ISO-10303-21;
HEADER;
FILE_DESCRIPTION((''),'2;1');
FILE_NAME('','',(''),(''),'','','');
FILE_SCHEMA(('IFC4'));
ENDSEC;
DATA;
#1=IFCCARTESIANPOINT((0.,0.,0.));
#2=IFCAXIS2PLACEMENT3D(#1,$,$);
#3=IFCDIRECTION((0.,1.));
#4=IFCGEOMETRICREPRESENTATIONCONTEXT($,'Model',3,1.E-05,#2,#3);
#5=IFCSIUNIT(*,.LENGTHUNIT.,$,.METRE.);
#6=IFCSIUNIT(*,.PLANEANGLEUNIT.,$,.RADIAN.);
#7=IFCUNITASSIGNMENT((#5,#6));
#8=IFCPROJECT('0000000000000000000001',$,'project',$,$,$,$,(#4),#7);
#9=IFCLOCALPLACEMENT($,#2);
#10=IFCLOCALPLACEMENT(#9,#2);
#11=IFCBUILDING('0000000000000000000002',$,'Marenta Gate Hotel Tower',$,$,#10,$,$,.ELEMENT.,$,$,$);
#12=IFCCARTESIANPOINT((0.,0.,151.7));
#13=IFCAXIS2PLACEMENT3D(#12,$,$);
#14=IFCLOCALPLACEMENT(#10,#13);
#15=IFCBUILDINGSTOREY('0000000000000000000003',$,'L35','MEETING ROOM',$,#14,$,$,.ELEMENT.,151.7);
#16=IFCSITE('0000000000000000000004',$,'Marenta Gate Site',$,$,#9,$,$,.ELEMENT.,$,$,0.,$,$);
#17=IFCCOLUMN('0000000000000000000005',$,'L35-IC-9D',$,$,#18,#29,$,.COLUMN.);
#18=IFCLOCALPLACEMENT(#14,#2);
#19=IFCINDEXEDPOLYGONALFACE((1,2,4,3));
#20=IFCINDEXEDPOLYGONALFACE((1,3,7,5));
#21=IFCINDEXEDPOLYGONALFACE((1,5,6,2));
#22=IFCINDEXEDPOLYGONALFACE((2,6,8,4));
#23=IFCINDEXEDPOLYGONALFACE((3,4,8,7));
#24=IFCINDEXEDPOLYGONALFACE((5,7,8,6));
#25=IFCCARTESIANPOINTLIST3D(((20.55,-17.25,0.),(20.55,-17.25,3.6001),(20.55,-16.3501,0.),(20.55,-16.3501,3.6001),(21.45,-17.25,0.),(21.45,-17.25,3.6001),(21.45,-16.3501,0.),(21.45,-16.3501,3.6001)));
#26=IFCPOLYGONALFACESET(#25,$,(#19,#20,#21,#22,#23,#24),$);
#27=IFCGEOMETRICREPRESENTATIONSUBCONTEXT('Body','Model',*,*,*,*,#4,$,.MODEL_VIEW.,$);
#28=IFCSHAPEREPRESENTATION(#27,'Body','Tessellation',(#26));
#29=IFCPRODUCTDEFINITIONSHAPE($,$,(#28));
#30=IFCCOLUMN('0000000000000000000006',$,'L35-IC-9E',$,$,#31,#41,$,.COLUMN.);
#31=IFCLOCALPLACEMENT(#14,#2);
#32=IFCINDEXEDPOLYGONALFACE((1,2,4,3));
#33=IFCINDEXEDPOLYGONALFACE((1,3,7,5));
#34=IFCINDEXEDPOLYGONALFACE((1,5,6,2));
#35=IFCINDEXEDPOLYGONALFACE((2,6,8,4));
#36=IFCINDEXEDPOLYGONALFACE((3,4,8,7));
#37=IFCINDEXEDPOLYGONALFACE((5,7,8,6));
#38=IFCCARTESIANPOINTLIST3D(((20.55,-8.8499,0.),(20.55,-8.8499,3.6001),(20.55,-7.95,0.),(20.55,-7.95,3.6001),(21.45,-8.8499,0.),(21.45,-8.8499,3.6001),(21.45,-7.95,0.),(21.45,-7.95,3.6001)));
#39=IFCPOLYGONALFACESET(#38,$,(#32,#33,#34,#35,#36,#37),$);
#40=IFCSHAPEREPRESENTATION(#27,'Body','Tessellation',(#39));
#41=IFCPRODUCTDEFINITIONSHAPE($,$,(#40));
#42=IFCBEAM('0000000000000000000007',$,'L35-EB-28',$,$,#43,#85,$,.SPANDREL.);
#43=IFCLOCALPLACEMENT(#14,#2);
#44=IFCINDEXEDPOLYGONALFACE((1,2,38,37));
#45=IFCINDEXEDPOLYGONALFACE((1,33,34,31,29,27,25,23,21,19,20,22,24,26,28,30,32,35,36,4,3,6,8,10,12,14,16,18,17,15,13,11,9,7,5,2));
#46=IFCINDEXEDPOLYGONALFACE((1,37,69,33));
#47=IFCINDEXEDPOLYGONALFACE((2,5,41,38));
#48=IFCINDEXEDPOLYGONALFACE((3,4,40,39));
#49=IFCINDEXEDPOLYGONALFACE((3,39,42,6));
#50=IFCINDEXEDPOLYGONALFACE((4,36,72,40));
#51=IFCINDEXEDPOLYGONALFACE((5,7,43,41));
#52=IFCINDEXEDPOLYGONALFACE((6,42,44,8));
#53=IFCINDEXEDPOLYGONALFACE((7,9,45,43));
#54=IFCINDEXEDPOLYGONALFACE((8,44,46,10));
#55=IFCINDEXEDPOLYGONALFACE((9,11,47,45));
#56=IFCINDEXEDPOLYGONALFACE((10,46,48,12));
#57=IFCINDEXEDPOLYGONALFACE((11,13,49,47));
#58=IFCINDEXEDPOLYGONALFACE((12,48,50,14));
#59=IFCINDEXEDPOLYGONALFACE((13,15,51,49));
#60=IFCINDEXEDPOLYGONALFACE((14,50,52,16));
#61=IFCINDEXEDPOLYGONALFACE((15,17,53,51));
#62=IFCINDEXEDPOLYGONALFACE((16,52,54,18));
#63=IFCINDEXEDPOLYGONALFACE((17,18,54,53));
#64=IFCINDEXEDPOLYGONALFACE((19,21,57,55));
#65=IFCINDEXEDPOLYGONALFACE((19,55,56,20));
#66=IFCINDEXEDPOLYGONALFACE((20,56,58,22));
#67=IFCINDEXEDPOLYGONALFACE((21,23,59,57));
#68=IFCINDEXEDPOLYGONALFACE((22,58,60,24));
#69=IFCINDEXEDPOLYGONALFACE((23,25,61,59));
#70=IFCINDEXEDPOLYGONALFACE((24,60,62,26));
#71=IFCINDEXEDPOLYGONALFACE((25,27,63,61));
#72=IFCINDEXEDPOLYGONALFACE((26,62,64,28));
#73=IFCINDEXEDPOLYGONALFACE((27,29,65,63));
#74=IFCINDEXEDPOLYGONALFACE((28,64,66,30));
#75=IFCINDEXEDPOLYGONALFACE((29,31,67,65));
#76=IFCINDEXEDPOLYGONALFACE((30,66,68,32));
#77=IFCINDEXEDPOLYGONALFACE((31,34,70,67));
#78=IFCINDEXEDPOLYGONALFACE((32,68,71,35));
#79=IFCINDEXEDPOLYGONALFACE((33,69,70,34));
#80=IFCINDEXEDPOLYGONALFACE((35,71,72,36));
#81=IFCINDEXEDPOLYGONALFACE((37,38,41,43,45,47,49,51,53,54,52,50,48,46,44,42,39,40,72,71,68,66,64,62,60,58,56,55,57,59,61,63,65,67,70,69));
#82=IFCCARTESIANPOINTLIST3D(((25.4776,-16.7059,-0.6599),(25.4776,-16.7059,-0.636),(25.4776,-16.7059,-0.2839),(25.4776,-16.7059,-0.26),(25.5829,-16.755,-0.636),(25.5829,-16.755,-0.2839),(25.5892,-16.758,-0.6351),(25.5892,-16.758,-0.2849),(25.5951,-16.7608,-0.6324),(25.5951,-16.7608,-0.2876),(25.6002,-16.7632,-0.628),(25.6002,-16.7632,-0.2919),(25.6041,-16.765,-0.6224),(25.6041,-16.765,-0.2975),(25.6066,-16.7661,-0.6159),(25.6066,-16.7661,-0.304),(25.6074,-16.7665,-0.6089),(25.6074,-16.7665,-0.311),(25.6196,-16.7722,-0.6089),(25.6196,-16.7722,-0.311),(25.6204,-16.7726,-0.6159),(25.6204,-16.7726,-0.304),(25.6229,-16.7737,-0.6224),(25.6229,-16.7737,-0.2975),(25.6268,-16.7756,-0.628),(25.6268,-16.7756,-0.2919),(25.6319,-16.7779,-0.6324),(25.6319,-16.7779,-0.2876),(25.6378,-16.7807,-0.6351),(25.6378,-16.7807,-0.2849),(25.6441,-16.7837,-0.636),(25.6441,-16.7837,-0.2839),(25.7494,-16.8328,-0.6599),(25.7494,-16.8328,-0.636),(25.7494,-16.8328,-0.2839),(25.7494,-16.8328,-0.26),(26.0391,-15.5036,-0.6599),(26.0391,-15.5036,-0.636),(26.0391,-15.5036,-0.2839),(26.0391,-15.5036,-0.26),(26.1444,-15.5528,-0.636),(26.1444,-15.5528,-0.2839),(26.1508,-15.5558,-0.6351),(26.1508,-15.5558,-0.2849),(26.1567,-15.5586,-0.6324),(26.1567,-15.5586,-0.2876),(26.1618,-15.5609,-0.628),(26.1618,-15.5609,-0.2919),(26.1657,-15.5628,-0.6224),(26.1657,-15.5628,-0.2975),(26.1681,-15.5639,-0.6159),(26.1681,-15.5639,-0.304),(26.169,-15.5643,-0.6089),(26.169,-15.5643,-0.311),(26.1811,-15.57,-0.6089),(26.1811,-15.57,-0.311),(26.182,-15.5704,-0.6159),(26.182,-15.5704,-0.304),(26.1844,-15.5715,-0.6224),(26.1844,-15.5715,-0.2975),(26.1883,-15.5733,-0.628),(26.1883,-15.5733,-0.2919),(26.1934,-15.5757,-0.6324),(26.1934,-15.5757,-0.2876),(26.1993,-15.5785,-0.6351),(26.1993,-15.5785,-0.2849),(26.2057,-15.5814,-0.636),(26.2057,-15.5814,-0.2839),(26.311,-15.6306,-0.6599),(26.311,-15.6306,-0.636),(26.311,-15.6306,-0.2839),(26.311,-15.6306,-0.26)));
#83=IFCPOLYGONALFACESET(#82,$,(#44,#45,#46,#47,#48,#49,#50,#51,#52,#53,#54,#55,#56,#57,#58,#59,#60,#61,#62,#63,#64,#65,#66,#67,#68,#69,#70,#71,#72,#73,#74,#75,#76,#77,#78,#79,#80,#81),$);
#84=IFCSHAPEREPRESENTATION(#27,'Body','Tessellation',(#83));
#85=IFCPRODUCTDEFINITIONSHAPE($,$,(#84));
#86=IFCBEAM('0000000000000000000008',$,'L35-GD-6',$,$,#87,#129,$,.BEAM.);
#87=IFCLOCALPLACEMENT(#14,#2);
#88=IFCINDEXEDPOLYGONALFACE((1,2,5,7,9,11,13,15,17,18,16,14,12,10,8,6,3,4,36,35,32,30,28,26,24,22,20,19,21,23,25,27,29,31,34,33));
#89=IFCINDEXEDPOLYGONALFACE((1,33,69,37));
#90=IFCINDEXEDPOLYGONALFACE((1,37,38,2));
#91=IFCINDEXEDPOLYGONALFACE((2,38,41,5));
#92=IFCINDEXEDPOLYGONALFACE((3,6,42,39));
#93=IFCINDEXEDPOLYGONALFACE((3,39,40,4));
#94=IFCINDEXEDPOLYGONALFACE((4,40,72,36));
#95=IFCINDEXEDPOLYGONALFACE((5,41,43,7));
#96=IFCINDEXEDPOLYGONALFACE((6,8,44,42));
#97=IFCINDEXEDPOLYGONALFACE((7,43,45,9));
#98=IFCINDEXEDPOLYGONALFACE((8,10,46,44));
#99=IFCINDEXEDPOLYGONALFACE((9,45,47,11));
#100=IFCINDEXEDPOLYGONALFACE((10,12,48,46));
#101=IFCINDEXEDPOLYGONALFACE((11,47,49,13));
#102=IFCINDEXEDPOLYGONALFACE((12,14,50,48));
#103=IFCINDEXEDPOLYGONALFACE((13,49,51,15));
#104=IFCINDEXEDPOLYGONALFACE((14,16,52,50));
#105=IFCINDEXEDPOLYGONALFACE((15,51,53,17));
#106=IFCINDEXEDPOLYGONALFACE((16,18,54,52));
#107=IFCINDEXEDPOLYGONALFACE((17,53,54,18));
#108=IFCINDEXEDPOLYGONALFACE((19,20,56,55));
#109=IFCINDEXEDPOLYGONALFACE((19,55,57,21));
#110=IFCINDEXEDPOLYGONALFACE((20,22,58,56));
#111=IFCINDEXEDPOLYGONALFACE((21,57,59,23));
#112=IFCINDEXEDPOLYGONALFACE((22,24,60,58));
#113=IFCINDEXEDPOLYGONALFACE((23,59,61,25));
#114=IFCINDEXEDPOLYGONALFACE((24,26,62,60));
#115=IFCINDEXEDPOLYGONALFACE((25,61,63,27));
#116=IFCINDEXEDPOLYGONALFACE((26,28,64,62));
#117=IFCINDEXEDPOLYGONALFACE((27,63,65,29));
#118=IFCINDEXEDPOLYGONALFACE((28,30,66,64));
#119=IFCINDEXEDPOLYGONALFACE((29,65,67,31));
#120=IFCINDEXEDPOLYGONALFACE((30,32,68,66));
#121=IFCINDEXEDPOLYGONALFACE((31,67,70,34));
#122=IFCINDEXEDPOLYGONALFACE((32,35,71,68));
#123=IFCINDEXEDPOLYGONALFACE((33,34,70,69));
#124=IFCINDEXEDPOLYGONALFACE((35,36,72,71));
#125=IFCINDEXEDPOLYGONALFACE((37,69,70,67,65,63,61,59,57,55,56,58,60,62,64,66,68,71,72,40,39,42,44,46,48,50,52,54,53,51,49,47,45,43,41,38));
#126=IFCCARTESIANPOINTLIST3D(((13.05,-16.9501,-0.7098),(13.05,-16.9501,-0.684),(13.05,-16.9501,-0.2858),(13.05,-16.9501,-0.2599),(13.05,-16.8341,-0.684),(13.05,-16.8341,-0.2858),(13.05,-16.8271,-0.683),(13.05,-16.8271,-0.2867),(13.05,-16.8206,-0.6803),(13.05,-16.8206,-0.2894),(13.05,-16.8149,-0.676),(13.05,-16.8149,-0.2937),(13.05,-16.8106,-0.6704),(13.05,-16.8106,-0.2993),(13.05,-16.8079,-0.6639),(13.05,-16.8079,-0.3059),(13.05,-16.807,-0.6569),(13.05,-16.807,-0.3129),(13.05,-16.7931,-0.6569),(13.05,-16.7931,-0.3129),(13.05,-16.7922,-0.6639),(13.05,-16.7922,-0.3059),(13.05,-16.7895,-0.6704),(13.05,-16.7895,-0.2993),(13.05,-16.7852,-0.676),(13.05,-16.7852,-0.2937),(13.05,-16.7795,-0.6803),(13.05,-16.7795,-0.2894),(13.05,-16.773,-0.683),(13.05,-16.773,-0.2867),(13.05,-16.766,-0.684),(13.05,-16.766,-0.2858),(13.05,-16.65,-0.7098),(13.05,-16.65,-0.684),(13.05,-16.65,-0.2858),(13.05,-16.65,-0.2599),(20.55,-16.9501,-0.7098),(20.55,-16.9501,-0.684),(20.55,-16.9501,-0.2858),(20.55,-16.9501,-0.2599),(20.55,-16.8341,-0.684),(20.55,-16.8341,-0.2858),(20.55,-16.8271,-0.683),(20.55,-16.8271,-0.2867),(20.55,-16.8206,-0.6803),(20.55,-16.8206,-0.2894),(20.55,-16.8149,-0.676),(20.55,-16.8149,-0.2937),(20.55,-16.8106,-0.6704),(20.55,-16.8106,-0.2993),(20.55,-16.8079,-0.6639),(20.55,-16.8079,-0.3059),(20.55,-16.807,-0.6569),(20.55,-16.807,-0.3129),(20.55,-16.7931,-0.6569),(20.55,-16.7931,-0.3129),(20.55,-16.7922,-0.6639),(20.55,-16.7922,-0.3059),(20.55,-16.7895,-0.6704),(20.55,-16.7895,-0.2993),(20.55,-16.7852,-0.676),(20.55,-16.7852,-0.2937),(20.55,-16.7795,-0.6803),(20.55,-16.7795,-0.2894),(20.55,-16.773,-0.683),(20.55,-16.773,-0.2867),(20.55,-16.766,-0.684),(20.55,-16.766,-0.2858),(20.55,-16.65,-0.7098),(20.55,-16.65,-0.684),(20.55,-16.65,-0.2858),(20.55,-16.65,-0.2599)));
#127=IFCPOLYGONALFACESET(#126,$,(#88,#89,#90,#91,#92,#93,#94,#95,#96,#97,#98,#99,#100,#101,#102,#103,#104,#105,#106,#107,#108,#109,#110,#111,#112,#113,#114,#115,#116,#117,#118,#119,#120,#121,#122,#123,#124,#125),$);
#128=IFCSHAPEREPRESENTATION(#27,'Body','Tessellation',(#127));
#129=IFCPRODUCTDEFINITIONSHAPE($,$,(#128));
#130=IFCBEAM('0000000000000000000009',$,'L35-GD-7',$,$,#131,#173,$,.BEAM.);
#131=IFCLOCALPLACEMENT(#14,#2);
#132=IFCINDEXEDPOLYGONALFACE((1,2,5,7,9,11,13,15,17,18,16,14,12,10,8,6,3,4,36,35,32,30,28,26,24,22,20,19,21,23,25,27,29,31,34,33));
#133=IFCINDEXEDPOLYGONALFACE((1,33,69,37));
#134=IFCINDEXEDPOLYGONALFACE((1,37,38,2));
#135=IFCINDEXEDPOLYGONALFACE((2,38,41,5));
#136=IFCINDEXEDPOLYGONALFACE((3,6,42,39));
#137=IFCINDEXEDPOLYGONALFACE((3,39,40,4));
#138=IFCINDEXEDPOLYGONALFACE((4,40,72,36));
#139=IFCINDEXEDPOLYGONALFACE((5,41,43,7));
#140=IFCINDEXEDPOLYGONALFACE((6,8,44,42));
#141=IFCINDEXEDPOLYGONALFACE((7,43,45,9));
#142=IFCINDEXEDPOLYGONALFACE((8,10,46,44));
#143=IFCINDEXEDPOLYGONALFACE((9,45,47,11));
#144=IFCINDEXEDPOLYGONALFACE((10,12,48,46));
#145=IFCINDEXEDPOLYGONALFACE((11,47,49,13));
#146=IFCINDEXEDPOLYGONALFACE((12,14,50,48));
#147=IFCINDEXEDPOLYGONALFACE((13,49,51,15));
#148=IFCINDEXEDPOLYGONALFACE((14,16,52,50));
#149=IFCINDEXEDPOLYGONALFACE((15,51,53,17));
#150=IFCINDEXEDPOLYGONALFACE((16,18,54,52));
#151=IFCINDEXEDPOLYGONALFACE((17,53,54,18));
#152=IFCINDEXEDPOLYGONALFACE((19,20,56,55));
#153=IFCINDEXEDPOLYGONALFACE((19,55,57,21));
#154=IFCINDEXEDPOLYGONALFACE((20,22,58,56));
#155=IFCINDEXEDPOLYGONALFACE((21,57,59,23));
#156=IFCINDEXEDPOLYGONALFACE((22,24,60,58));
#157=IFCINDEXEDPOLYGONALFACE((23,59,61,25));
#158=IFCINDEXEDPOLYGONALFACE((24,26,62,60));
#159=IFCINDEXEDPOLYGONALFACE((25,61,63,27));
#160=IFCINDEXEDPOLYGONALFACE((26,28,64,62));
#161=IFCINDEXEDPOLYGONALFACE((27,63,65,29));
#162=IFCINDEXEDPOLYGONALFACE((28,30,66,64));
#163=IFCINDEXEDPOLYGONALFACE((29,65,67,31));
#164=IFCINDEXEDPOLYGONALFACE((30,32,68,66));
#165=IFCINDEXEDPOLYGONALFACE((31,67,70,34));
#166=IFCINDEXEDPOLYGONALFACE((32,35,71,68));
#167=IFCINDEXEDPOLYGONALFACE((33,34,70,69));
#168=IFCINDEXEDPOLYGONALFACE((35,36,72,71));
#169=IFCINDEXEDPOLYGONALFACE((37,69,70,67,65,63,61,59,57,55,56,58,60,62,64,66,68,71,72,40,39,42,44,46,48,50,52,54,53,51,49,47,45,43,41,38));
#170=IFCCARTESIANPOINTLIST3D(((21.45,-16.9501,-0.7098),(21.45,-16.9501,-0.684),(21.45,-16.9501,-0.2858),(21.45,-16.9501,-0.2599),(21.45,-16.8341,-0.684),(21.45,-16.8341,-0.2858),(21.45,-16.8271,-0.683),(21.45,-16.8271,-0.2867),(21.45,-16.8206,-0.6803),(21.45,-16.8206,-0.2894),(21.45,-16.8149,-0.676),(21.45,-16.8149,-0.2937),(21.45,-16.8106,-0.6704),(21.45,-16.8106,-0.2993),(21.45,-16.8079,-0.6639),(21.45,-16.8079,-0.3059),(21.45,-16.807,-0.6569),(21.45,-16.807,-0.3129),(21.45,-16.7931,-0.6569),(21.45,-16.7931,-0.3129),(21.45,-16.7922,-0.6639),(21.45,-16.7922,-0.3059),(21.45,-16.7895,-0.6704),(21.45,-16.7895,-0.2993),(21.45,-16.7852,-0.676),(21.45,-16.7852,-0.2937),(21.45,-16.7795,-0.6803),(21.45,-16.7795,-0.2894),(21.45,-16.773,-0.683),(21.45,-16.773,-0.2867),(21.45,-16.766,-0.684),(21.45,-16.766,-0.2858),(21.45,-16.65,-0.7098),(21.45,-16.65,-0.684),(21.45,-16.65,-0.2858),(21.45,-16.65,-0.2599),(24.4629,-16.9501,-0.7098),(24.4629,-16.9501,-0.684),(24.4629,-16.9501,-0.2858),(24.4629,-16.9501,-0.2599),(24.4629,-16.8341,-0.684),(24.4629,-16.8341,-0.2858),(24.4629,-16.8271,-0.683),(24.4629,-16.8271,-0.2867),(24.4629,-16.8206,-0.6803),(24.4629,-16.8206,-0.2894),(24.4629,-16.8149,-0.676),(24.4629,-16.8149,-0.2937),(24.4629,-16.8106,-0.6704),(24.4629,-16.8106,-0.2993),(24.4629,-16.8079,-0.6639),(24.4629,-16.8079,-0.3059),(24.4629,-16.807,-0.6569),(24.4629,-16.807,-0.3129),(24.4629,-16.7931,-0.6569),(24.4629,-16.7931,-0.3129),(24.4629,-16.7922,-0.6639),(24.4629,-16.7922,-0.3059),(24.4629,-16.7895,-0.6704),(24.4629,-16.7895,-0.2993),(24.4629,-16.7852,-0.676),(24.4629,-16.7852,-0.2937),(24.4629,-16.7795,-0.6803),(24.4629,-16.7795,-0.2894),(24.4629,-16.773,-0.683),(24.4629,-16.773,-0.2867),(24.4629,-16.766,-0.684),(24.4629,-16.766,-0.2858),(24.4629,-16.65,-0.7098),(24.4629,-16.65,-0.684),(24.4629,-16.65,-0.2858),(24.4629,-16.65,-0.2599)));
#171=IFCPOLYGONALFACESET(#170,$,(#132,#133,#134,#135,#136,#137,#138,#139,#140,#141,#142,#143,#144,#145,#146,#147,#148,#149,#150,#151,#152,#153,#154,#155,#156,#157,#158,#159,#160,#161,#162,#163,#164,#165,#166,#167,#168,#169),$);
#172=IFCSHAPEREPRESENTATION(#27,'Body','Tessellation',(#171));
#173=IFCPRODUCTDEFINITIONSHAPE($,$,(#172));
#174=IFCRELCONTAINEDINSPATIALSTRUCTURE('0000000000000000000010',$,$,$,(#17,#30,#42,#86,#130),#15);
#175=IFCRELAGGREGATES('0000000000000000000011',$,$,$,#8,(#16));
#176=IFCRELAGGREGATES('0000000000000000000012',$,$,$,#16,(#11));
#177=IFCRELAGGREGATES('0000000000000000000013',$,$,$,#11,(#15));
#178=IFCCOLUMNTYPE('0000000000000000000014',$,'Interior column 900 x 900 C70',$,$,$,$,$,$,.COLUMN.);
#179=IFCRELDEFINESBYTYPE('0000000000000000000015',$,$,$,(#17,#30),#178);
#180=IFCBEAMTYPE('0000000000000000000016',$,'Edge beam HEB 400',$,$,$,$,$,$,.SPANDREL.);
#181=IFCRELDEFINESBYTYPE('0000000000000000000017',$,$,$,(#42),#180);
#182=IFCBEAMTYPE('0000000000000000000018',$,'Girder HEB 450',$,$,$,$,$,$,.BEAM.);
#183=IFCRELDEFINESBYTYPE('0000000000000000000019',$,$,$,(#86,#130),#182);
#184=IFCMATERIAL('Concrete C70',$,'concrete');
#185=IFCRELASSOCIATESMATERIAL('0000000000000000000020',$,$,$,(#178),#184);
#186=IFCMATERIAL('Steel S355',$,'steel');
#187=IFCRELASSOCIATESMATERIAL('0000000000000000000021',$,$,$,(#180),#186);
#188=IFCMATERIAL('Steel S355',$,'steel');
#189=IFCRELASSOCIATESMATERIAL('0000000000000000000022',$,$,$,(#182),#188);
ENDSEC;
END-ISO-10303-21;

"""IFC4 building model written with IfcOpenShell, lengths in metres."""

from ifc_helpers import new_model, si_unit, direction, frame, origin, origin_2d, place, context, subcontext, project, spatial, rectangle, i_section, extrude, material, material_profile, profile_set, type_object, element, save


model = new_model("IFC4")

# Units and contexts
model_context = context("Model", 3, precision=1e-05, world=origin(), true_north=direction((0.0, 1.0)))
body_context = subcontext(model_context, "Body", "Model", "MODEL_VIEW")
ifc_project = project(units=[si_unit("LENGTHUNIT", "METRE"), si_unit("PLANEANGLEUNIT", "RADIAN")], contexts=[model_context])

# Site, building, storey
site_placement = place(None, origin())
site = spatial("IfcSite", under=ifc_project, at=site_placement, Name="Marenta Gate Site", CompositionType="ELEMENT", RefElevation=0.0)
building_placement = place(site_placement, origin())
building = spatial("IfcBuilding", under=site, at=building_placement, Name="Marenta Gate Hotel Tower", CompositionType="ELEMENT")
storey_placement = place(building_placement, frame((0.0, 0.0, 151.7)))
storey = spatial("IfcBuildingStorey", under=building, at=storey_placement, Name="L35", Description="MEETING ROOM", CompositionType="ELEMENT", Elevation=151.7)

# Columns
ifc_material_1 = material(Name="Concrete C70", Category="concrete")
ifc_material_profile_1 = material_profile(ifc_material_1, rectangle(XDim=0.8999, YDim=0.8999, at=origin_2d()), Name="900 x 900")
ifc_profile_set_1 = profile_set([ifc_material_profile_1], Name="Concrete C70")
column_type = type_object("IfcColumnType", Name="Interior column 900 x 900 C70", PredefinedType="COLUMN", material=ifc_profile_set_1)
for number, where, z_axis, x_axis, name in (
    (1, (21.0, -16.8, 0.0), (0.0, 0.0, 1.0), (1.0, 0.0, 0.0), "L35-IC-9D"),
    (2, (21.0, -8.3999, 0.0), (0.0, 0.0, 1.0), (1.0, 0.0, 0.0), "L35-IC-9E"),
):
    element("IfcColumn", number, at=place(storey_placement, frame(where, z_axis=z_axis, x_axis=x_axis)), inside=storey, type_object=column_type, Name=name, PredefinedType="COLUMN", context=body_context, shape_type="SweptSolid", body=[
        extrude(rectangle(XDim=0.8999, YDim=0.8999, at=origin_2d()), origin(), (0.0, 0.0, 1.0), 3.6001),
    ])

# Beams
ifc_material_2 = material(Name="Steel S355", Category="steel")
ifc_material_profile_2 = material_profile(ifc_material_2, i_section(OverallWidth=0.3, OverallDepth=0.3999, WebThickness=0.0134, FlangeThickness=0.0239, FilletRadius=0.0271, at=origin_2d()), Name="HEB 400")
ifc_profile_set_2 = profile_set([ifc_material_profile_2], Name="Steel S355")
beam_type_1 = type_object("IfcBeamType", Name="Edge beam HEB 400", PredefinedType="SPANDREL", material=ifc_profile_set_2)
beam_1_placement = place(storey_placement, frame((26.175, -15.5671, -0.46), z_axis=(-0.423208, -0.906033, 0.0), x_axis=(0.906033, -0.423208, 0.0)))
element("IfcBeam", 3, at=beam_1_placement, inside=storey, type_object=beam_type_1, Name="L35-EB-28", PredefinedType="SPANDREL", context=body_context, shape_type="SweptSolid", body=[
    extrude(i_section(OverallWidth=0.3, OverallDepth=0.3999, WebThickness=0.0134, FlangeThickness=0.0239, FilletRadius=0.0271, at=origin_2d()), origin(), (0.0, 0.0, 1.0), 1.3269),
])
ifc_material_3 = material(Name="Steel S355", Category="steel")
ifc_material_profile_3 = material_profile(ifc_material_3, i_section(OverallWidth=0.3, OverallDepth=0.45, WebThickness=0.0139, FlangeThickness=0.0259, FilletRadius=0.0271, at=origin_2d()), Name="HEB 450")
ifc_profile_set_3 = profile_set([ifc_material_profile_3], Name="Steel S355")
beam_type_2 = type_object("IfcBeamType", Name="Girder HEB 450", PredefinedType="BEAM", material=ifc_profile_set_3)
beam_2_placement = place(storey_placement, frame((13.05, -16.8, -0.4849), z_axis=(1.0, 0.0, 0.0), x_axis=(0.0, 1.0, 0.0)))
element("IfcBeam", 4, at=beam_2_placement, inside=storey, type_object=beam_type_2, Name="L35-GD-6", PredefinedType="BEAM", context=body_context, shape_type="SweptSolid", body=[
    extrude(i_section(OverallWidth=0.3, OverallDepth=0.45, WebThickness=0.0139, FlangeThickness=0.0259, FilletRadius=0.0271, at=origin_2d()), origin(), (0.0, 0.0, 1.0), 7.5),
])
beam_3_placement = place(storey_placement, frame((21.45, -16.8, -0.4849), z_axis=(1.0, 0.0, 0.0), x_axis=(0.0, 1.0, 0.0)))
element("IfcBeam", 5, at=beam_3_placement, inside=storey, type_object=beam_type_2, Name="L35-GD-7", PredefinedType="BEAM", context=body_context, shape_type="SweptSolid", body=[
    extrude(i_section(OverallWidth=0.3, OverallDepth=0.45, WebThickness=0.0139, FlangeThickness=0.0259, FilletRadius=0.0271, at=origin_2d()), origin(), (0.0, 0.0, 1.0), 3.0129),
])

save(model, "model.ifc")
